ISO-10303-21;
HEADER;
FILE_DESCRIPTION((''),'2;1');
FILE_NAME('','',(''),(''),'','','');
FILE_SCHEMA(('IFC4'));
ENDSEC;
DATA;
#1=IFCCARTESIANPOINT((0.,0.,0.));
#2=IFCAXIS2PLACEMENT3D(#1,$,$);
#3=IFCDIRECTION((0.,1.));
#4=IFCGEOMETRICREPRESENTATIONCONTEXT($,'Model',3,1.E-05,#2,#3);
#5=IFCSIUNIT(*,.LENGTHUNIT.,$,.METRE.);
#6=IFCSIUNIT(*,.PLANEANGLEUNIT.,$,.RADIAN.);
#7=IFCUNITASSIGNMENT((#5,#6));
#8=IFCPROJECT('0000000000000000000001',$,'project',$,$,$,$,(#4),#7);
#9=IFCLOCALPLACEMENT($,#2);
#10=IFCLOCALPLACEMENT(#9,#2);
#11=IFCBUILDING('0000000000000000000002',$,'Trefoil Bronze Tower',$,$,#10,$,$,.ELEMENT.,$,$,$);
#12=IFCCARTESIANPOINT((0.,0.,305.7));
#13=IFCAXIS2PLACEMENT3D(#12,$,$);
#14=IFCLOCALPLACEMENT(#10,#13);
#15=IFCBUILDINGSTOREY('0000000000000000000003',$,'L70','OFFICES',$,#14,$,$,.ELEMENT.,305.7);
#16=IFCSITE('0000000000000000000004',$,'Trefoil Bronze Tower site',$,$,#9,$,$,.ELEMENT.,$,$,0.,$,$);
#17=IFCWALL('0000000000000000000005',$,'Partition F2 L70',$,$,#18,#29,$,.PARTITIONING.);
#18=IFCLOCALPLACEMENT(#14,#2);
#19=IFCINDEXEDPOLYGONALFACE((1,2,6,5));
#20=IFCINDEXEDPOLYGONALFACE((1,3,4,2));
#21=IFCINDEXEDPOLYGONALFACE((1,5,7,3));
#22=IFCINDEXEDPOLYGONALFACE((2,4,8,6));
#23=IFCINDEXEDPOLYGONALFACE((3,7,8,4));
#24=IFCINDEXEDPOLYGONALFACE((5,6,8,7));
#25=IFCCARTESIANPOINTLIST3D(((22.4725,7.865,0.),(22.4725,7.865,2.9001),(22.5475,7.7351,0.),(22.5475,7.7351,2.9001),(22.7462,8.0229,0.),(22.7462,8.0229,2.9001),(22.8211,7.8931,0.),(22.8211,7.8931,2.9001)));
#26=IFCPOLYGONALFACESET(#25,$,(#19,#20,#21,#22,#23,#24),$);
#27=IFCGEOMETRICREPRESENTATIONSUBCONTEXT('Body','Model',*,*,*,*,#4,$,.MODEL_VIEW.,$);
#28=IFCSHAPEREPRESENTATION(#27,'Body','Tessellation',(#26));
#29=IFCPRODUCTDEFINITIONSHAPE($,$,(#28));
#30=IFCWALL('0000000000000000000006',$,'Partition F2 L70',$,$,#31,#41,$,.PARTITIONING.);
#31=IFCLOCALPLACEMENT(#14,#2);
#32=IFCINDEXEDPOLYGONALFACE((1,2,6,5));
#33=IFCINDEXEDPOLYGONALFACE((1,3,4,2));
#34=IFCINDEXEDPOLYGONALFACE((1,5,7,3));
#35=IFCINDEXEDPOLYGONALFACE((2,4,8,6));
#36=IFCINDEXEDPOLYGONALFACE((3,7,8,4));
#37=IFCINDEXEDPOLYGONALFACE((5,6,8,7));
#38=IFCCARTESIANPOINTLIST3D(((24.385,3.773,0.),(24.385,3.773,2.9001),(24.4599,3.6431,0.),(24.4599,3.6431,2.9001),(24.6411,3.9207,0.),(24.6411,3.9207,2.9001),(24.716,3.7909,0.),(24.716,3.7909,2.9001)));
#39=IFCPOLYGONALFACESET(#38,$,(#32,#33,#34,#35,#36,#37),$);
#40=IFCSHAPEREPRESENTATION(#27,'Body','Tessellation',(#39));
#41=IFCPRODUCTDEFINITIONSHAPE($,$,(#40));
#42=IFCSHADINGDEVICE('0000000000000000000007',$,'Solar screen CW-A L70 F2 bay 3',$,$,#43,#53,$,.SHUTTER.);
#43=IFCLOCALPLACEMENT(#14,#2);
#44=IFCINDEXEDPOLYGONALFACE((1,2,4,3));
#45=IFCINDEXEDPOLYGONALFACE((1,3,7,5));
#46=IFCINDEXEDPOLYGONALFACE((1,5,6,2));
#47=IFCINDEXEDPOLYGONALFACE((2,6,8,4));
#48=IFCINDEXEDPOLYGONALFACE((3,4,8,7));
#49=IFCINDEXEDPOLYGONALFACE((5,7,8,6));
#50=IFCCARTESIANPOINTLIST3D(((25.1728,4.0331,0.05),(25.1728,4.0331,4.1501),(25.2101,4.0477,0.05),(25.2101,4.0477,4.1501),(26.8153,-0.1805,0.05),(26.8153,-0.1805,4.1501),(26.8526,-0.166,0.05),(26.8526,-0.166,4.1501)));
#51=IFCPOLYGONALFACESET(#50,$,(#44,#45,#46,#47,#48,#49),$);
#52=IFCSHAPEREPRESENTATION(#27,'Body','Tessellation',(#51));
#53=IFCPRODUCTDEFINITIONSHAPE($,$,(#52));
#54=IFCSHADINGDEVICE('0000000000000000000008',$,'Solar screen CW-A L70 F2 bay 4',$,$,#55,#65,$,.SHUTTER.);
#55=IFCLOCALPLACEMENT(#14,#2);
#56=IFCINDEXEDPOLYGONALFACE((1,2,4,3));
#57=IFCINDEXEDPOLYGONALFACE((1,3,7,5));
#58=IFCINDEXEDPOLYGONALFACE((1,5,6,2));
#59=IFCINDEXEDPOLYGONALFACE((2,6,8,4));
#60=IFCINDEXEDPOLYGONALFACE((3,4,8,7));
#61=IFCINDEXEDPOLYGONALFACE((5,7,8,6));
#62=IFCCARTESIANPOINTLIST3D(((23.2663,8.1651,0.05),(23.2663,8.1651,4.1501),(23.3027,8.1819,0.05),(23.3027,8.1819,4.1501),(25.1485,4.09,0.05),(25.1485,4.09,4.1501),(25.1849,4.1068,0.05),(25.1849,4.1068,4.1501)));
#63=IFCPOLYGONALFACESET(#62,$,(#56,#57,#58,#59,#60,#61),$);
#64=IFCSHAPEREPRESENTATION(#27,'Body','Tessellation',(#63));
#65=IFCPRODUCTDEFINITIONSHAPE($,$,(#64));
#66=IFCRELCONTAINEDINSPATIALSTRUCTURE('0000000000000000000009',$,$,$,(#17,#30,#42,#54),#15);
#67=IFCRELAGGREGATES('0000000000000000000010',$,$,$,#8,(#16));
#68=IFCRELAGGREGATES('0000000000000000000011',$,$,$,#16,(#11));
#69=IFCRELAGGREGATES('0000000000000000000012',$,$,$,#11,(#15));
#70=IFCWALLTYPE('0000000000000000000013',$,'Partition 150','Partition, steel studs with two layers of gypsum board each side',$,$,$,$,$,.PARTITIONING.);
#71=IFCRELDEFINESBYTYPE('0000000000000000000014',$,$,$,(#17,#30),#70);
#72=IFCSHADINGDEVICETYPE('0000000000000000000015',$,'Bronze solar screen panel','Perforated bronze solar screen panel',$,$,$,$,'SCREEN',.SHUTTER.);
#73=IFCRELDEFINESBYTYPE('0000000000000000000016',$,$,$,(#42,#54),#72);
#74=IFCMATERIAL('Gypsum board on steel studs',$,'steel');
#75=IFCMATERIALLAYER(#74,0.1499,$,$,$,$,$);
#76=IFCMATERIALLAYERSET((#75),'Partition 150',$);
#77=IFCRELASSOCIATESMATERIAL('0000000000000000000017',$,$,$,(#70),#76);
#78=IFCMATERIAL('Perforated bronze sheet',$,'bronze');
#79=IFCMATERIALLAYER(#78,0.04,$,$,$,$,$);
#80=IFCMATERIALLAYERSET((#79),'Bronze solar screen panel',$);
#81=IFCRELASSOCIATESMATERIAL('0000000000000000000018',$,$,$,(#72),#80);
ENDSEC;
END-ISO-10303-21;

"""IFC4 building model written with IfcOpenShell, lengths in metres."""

from ifc_helpers import new_model, si_unit, direction, frame, frame_2d, origin, origin_2d, place, context, subcontext, project, spatial, rectangle, extrude, material, layer, layer_set, type_object, element, save


model = new_model("IFC4")

# Units and contexts
model_context = context("Model", 3, precision=1e-05, world=origin(), true_north=direction((0.0, 1.0)))
body_context = subcontext(model_context, "Body", "Model", "MODEL_VIEW")
ifc_project = project(units=[si_unit("LENGTHUNIT", "METRE"), si_unit("PLANEANGLEUNIT", "RADIAN")], contexts=[model_context])

# Site, building, storey
site_placement = place(None, origin())
site = spatial("IfcSite", under=ifc_project, at=site_placement, Name="Trefoil Bronze Tower site", CompositionType="ELEMENT", RefElevation=0.0)
building_placement = place(site_placement, origin())
building = spatial("IfcBuilding", under=site, at=building_placement, Name="Trefoil Bronze Tower", CompositionType="ELEMENT")
storey_placement = place(building_placement, frame((0.0, 0.0, 305.7)))
storey = spatial("IfcBuildingStorey", under=building, at=storey_placement, Name="L70", Description="OFFICES", CompositionType="ELEMENT", Elevation=305.7)

# Walls
ifc_material_1 = material(Name="Gypsum board on steel studs", Category="steel")
ifc_layer_1 = layer(ifc_material_1, 0.1499)
ifc_layer_set_1 = layer_set([ifc_layer_1], Name="Partition 150")
wall_type = type_object("IfcWallType", Name="Partition 150", Description="Partition, steel studs with two layers of gypsum board each side", PredefinedType="PARTITIONING", material=ifc_layer_set_1)
wall_1_placement = place(storey_placement, frame((22.51, 7.8, 0.0), z_axis=(0.0, 0.0, 1.0), x_axis=(0.866096, 0.499879, 0.0)))
element("IfcWall", 1, at=wall_1_placement, inside=storey, type_object=wall_type, Name="Partition F2 L70", PredefinedType="PARTITIONING", context=body_context, shape_type="SweptSolid", body=[
    extrude(rectangle(XDim=0.3159, YDim=0.1499, at=frame_2d((0.158, 0.0))), origin(), (0.0, 0.0, 1.0), 2.9001),
])
wall_2_placement = place(storey_placement, frame((24.4224, 3.708, 0.0), z_axis=(0.0, 0.0, 1.0), x_axis=(0.866254, 0.499603, 0.0)))
element("IfcWall", 2, at=wall_2_placement, inside=storey, type_object=wall_type, Name="Partition F2 L70", PredefinedType="PARTITIONING", context=body_context, shape_type="SweptSolid", body=[
    extrude(rectangle(XDim=0.2957, YDim=0.1499, at=frame_2d((0.1479, 0.0))), origin(), (0.0, 0.0, 1.0), 2.9001),
])

# Shading devices
ifc_material_2 = material(Name="Perforated bronze sheet", Category="bronze")
ifc_layer_2 = layer(ifc_material_2, 0.04)
ifc_layer_set_2 = layer_set([ifc_layer_2], Name="Bronze solar screen panel")
shading_device_type = type_object("IfcShadingDeviceType", Name="Bronze solar screen panel", Description="Perforated bronze solar screen panel", ElementType="SCREEN", PredefinedType="SHUTTER", material=ifc_layer_set_2)
shading_device_1_placement = place(storey_placement, frame((26.0127, 1.9336, 0.05), z_axis=(0.0, 0.0, 1.0), x_axis=(-0.363199, 0.931712, 0.0)))
element("IfcShadingDevice", 3, at=shading_device_1_placement, inside=storey, type_object=shading_device_type, Name="Solar screen CW-A L70 F2 bay 3", PredefinedType="SHUTTER", context=body_context, shape_type="SweptSolid", body=[
    extrude(rectangle(XDim=4.5225, YDim=0.04, at=origin_2d()), origin(), (0.0, 0.0, 1.0), 4.1001),
])
shading_device_2_placement = place(storey_placement, frame((24.2256, 6.136, 0.05), z_axis=(0.0, 0.0, 1.0), x_axis=(-0.419309, 0.907844, 0.0)))
element("IfcShadingDevice", 4, at=shading_device_2_placement, inside=storey, type_object=shading_device_type, Name="Solar screen CW-A L70 F2 bay 4", PredefinedType="SHUTTER", context=body_context, shape_type="SweptSolid", body=[
    extrude(rectangle(XDim=4.4888, YDim=0.04, at=origin_2d()), origin(), (0.0, 0.0, 1.0), 4.1001),
])

save(model, "model.ifc")
